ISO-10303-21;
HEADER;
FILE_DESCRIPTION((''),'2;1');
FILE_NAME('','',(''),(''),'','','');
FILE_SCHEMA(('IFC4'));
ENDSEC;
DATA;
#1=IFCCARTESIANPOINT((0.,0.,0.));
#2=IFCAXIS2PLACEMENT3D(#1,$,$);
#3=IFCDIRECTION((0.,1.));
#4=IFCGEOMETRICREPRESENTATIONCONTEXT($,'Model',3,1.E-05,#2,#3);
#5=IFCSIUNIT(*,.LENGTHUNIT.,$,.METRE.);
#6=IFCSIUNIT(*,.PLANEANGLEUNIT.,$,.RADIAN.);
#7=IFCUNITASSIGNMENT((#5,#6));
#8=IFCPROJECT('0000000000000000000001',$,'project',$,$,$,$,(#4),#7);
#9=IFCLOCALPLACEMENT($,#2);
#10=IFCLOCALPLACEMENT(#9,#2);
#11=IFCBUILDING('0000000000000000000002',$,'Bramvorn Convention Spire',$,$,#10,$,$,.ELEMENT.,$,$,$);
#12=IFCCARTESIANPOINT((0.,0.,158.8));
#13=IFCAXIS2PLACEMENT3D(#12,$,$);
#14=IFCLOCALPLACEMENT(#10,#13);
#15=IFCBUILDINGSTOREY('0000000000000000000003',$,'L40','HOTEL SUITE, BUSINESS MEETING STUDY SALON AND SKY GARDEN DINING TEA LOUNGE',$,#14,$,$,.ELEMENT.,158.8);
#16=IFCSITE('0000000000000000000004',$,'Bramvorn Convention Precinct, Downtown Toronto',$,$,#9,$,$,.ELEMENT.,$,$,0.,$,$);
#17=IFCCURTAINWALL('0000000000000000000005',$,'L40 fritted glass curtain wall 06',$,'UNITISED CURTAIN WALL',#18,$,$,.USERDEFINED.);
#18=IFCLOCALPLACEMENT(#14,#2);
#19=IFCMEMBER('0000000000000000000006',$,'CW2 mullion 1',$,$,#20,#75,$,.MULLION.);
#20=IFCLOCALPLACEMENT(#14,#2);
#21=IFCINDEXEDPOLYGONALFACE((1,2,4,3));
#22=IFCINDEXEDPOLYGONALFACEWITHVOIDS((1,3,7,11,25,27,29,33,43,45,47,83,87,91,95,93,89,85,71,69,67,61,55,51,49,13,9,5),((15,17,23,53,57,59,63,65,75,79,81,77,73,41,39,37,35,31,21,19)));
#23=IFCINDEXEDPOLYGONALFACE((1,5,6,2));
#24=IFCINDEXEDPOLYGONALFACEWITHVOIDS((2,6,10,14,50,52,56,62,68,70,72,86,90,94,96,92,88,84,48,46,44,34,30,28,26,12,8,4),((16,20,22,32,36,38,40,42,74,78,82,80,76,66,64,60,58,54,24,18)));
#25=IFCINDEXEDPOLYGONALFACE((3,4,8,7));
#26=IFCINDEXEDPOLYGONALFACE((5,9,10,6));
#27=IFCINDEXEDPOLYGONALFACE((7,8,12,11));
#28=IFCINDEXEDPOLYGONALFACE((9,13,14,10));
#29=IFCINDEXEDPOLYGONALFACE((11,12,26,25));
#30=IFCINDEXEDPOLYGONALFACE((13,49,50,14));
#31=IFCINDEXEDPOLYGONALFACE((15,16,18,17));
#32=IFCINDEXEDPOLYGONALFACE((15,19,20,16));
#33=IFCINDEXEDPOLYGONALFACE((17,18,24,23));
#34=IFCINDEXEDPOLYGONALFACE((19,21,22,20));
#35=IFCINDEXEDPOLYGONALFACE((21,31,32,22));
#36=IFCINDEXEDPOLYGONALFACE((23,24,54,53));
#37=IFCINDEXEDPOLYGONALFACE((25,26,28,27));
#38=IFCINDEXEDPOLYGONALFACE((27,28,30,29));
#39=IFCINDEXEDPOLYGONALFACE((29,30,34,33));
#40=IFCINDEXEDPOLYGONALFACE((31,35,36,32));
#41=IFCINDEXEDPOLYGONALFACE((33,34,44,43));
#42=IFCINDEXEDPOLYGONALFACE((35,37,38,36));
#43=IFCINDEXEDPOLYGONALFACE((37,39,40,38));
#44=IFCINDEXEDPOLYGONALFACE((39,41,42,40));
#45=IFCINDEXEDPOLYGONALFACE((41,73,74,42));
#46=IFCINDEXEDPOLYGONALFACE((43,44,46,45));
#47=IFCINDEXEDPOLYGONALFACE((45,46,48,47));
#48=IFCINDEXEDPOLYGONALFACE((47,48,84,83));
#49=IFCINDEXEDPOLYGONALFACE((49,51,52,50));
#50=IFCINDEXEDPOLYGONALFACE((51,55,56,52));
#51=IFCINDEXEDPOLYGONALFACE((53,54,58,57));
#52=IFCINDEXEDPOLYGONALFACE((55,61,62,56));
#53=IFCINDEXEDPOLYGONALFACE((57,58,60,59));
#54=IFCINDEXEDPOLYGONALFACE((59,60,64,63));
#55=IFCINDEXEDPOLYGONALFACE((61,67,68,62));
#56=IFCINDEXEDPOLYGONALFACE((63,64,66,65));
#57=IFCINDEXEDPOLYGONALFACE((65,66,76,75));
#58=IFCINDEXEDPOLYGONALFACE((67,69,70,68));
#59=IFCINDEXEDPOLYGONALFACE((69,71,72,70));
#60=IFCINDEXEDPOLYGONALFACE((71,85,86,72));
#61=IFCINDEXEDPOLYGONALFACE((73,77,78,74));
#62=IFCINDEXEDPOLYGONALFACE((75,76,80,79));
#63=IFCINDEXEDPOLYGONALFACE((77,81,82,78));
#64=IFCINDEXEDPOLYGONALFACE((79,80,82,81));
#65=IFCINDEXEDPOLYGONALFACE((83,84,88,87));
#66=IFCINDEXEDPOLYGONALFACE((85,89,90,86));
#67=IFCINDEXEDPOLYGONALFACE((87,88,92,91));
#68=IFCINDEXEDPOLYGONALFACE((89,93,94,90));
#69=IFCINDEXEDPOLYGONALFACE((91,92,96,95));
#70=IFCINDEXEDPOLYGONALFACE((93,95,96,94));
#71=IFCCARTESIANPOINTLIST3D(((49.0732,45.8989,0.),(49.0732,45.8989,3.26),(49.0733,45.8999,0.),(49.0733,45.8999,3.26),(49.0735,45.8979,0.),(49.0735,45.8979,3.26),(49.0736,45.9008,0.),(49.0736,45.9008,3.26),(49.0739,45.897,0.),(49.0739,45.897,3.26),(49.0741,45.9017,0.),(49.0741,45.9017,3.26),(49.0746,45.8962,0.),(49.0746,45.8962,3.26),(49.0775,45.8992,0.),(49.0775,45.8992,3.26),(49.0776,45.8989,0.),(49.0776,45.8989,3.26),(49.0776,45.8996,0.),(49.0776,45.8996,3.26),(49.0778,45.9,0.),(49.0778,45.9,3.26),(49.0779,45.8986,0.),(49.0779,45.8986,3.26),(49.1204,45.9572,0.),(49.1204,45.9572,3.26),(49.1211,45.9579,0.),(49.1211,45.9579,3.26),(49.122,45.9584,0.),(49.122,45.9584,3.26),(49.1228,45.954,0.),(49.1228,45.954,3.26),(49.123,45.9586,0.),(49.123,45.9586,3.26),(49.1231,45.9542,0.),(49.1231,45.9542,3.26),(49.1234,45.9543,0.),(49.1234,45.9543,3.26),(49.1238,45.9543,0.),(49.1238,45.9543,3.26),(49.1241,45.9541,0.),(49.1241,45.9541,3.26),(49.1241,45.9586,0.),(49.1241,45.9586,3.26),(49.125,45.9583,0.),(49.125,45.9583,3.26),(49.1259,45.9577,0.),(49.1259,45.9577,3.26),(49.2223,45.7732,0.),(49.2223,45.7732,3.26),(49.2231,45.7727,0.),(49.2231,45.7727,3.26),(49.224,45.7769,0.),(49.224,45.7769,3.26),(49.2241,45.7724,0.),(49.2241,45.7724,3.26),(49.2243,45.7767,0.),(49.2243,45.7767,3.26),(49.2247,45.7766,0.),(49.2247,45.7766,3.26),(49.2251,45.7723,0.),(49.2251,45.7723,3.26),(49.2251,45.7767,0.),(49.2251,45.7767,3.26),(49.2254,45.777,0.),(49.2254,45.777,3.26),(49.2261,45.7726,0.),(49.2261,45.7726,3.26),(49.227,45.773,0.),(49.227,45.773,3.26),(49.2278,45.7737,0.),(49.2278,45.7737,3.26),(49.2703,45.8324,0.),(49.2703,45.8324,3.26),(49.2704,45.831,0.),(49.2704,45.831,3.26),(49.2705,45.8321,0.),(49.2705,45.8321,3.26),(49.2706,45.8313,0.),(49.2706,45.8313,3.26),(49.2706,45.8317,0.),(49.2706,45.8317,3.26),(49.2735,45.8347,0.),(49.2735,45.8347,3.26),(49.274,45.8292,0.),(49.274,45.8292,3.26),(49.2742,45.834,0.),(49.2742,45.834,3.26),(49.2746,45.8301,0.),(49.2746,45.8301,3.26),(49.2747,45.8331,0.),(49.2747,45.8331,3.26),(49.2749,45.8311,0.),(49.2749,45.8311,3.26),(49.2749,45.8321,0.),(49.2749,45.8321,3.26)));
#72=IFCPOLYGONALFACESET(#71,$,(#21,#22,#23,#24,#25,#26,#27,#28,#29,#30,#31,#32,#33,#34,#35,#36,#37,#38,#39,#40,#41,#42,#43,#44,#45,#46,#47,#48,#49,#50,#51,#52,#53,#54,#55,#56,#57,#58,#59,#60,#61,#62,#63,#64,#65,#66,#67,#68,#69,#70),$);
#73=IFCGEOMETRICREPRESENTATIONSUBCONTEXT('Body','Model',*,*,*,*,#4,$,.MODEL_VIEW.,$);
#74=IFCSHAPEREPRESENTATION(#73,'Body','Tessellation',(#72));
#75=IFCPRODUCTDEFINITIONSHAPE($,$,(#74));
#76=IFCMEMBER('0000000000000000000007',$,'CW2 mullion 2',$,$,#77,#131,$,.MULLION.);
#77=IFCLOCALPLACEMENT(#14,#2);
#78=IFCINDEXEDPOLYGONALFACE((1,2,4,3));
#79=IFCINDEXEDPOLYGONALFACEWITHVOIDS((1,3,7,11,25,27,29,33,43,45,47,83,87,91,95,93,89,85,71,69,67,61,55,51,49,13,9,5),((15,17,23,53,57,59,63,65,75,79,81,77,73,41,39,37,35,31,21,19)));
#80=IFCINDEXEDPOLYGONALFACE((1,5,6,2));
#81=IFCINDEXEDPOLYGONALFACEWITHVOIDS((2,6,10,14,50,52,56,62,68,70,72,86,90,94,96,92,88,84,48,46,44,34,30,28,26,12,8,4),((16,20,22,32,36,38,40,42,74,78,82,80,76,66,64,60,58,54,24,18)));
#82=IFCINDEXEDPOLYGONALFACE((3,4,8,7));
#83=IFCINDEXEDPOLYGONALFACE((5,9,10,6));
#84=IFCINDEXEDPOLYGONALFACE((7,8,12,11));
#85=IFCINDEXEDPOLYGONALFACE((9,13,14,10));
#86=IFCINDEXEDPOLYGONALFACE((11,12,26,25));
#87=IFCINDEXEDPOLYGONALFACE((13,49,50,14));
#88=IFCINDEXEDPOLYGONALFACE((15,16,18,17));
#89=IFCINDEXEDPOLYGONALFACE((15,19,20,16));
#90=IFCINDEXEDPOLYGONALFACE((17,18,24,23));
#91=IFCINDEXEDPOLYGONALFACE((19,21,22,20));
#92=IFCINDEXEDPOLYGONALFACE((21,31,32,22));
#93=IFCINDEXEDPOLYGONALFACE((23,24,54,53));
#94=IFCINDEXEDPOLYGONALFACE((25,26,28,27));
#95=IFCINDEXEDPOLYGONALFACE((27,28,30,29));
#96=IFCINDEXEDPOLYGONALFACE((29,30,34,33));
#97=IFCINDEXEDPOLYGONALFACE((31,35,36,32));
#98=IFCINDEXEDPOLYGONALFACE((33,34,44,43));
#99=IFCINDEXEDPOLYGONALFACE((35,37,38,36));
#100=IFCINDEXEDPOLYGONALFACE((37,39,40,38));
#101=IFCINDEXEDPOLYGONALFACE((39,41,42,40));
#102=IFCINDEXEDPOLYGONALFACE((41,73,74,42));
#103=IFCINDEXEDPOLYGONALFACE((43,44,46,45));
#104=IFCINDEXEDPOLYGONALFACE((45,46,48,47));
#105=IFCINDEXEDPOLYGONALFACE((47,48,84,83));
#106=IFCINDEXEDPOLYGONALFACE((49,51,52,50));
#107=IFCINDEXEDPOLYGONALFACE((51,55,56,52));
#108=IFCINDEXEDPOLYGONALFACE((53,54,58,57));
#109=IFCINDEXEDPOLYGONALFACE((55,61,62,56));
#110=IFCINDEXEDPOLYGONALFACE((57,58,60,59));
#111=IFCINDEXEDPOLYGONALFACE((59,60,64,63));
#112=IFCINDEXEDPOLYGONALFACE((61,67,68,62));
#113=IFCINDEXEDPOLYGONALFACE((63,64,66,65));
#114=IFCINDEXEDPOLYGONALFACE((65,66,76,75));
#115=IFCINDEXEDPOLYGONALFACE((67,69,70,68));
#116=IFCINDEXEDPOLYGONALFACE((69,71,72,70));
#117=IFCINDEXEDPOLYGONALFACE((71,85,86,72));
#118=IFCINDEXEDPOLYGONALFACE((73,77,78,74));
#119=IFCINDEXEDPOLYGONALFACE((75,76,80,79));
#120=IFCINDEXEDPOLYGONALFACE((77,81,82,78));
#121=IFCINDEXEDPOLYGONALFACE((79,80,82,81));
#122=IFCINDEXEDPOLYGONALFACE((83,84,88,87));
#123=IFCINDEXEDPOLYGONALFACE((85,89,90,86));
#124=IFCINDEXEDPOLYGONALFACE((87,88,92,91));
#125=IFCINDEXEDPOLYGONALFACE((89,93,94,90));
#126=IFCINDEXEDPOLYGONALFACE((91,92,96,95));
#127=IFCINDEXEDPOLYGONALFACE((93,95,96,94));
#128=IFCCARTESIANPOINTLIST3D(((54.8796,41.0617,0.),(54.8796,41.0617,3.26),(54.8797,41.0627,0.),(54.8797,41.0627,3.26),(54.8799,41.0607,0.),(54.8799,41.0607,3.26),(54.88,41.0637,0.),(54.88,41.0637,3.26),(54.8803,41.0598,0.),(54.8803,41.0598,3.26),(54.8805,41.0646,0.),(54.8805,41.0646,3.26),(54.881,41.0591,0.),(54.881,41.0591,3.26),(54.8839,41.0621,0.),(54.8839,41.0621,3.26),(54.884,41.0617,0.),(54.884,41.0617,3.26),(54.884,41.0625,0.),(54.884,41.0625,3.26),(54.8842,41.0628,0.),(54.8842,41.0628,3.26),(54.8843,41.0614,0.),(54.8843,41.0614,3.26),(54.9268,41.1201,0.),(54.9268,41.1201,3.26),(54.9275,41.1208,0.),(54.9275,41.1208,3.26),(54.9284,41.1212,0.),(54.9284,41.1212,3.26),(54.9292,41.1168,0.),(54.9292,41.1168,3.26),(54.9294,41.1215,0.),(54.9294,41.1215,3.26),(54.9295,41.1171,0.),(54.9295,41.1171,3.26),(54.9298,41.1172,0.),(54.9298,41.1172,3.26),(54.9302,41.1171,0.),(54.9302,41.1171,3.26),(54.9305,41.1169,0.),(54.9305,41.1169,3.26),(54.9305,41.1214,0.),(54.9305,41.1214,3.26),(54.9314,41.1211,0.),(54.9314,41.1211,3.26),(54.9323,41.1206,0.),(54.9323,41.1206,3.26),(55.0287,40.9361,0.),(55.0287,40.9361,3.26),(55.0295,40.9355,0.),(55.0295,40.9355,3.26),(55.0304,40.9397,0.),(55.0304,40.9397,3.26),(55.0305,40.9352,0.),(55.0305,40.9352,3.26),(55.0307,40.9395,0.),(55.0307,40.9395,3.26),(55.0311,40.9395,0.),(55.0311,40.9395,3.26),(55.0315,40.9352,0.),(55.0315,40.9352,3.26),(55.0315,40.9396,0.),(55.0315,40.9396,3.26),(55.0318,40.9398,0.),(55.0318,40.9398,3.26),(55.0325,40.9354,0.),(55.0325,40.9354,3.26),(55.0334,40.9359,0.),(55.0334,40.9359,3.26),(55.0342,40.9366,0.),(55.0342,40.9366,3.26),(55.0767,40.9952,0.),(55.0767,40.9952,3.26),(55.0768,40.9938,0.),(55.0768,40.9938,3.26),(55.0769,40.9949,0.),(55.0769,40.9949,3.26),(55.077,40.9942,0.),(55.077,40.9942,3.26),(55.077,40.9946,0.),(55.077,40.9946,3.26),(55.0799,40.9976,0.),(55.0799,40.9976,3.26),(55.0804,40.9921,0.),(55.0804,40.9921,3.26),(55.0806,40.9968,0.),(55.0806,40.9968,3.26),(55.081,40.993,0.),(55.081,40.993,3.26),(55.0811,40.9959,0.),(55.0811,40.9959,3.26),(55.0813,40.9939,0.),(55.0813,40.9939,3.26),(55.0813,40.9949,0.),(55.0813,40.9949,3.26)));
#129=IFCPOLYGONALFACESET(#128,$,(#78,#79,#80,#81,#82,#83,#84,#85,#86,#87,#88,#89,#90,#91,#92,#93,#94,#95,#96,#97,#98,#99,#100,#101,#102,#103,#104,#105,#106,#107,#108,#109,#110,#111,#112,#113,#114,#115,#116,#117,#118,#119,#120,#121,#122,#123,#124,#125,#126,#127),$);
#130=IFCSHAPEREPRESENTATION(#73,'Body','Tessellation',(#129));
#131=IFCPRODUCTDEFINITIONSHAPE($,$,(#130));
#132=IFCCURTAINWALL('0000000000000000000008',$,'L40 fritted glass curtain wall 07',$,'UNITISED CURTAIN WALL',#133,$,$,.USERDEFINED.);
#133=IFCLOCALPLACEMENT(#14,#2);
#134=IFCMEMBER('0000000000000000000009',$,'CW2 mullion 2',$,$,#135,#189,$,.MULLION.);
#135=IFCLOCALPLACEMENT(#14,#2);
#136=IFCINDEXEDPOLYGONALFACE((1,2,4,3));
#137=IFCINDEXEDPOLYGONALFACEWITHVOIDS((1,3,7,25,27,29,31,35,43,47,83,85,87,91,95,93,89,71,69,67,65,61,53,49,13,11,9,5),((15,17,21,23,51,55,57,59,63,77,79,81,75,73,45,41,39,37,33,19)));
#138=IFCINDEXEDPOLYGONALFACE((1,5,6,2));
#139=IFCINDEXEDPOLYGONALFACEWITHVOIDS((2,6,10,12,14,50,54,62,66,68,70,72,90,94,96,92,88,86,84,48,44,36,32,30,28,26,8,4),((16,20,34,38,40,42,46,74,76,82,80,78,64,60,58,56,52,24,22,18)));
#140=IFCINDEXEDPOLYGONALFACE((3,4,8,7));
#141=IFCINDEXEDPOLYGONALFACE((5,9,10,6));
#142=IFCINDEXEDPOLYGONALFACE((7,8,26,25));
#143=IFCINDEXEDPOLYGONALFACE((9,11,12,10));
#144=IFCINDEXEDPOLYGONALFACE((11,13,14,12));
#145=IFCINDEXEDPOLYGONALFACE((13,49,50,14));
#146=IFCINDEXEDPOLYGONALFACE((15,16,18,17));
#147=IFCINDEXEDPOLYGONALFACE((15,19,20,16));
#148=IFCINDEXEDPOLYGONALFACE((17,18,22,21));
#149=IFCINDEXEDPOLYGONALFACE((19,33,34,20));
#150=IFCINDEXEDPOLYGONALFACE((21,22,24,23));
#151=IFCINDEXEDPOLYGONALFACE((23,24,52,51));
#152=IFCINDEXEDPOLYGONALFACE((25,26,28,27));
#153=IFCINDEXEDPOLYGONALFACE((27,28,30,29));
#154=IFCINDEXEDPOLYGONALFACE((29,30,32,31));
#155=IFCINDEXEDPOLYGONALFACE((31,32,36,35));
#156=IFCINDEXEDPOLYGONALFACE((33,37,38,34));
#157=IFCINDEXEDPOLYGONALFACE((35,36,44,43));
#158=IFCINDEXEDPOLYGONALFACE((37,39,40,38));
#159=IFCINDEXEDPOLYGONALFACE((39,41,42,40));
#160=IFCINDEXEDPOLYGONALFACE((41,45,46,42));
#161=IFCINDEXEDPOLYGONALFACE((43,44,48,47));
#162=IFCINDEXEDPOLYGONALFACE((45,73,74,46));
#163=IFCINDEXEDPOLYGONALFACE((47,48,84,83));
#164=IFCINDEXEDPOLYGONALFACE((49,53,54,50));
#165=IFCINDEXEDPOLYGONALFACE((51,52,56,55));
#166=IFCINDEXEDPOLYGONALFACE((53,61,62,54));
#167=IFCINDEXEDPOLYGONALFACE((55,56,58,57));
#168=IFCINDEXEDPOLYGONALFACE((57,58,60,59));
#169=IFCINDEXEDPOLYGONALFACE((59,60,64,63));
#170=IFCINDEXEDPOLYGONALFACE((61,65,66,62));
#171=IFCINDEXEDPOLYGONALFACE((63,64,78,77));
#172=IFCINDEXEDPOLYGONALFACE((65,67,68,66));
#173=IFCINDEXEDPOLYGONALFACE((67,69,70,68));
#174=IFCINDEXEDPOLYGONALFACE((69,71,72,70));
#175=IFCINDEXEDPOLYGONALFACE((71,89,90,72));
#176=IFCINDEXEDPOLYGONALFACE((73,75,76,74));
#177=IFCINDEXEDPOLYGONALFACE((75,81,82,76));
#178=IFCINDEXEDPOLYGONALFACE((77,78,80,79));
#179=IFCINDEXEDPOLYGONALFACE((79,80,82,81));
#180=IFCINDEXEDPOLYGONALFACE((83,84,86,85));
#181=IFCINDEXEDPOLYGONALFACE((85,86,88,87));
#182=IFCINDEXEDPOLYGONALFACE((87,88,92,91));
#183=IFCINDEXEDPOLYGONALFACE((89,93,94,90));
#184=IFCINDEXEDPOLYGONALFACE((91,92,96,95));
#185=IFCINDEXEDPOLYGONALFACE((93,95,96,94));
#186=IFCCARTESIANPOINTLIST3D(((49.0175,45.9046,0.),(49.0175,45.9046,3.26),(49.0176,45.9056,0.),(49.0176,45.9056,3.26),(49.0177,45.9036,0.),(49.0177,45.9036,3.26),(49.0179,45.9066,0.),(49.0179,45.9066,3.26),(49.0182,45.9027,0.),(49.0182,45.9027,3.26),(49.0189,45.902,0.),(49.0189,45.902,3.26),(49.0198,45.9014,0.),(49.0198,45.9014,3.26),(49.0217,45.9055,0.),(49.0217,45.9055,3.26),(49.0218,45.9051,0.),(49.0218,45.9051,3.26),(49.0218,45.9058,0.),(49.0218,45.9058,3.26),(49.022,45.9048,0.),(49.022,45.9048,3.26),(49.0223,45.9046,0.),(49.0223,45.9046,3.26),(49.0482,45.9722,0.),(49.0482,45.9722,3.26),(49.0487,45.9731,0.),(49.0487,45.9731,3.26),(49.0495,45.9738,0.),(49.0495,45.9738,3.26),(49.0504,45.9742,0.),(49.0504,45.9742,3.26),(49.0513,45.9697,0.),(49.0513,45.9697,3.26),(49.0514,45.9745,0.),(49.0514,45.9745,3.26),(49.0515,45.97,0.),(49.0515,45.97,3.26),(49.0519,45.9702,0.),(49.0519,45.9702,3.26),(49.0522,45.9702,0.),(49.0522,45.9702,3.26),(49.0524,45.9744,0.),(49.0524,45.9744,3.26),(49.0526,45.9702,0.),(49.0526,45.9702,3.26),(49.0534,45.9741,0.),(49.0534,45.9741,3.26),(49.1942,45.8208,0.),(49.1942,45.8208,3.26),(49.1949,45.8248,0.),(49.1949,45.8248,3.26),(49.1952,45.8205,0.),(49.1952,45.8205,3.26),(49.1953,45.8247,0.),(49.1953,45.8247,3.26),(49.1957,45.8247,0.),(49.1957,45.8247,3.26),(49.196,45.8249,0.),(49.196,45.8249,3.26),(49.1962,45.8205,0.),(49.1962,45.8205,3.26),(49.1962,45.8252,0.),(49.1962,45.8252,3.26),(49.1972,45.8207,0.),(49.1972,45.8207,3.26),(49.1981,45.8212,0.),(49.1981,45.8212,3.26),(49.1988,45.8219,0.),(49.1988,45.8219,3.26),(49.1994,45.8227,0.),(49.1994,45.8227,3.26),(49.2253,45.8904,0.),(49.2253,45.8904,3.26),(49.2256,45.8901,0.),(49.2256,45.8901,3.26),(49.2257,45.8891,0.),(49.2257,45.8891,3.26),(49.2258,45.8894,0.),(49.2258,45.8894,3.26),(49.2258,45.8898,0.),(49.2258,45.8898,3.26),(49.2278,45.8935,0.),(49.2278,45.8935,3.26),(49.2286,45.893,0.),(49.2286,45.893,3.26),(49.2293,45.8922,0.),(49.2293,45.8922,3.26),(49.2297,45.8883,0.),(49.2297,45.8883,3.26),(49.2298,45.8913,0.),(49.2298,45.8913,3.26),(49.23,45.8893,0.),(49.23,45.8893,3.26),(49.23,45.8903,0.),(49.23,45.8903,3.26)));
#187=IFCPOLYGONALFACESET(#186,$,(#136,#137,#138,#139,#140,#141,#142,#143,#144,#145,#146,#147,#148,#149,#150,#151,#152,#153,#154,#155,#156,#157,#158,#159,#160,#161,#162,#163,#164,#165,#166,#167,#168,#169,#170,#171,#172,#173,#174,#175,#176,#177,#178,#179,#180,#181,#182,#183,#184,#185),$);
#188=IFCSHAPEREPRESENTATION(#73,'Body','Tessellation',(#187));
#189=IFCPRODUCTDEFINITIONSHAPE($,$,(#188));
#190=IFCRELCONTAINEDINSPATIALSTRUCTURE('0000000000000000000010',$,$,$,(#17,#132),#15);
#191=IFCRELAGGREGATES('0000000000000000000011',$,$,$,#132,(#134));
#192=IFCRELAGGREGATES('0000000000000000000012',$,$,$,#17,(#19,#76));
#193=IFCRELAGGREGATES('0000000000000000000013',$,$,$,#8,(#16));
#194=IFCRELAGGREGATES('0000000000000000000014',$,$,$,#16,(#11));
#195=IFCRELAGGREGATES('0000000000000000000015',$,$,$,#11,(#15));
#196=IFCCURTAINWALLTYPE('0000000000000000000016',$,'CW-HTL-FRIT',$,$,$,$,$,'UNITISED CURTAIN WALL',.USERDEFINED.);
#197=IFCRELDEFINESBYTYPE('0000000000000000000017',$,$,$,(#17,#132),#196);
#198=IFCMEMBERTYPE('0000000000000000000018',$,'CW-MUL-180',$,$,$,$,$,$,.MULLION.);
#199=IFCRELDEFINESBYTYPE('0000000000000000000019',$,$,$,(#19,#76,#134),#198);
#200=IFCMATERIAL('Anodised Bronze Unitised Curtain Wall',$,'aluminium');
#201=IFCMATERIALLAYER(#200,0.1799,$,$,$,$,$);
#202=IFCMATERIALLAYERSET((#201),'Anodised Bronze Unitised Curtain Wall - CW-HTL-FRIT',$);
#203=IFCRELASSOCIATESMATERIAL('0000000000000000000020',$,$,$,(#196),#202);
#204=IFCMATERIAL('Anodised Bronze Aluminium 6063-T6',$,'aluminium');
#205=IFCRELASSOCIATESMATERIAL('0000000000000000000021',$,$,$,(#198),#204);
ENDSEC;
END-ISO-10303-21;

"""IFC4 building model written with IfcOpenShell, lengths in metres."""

from ifc_helpers import new_model, si_unit, direction, frame, origin, origin_2d, place, context, subcontext, project, spatial, hollow_rectangle, extrude, material, layer, layer_set, material_profile, profile_set, type_object, element, aggregate, save


model = new_model("IFC4")

# Units and contexts
model_context = context("Model", 3, precision=1e-05, world=origin(), true_north=direction((0.0, 1.0)))
body_context = subcontext(model_context, "Body", "Model", "MODEL_VIEW")
ifc_project = project(units=[si_unit("LENGTHUNIT", "METRE"), si_unit("PLANEANGLEUNIT", "RADIAN")], contexts=[model_context])

# Site, building, storey
site_placement = place(None, origin())
site = spatial("IfcSite", under=ifc_project, at=site_placement, Name="Bramvorn Convention Precinct, Downtown Toronto", CompositionType="ELEMENT", RefElevation=0.0)
building_placement = place(site_placement, origin())
building = spatial("IfcBuilding", under=site, at=building_placement, Name="Bramvorn Convention Spire", CompositionType="ELEMENT")
storey_placement = place(building_placement, frame((0.0, 0.0, 158.8)))
storey = spatial("IfcBuildingStorey", under=building, at=storey_placement, Name="L40", Description="HOTEL SUITE, BUSINESS MEETING STUDY SALON AND SKY GARDEN DINING TEA LOUNGE", CompositionType="ELEMENT", Elevation=158.8)

# Curtain wall, members
ifc_material_1 = material(Name="Anodised Bronze Unitised Curtain Wall", Category="aluminium")
ifc_layer_1 = layer(ifc_material_1, 0.1799)
ifc_layer_set_1 = layer_set([ifc_layer_1], Name="Anodised Bronze Unitised Curtain Wall - CW-HTL-FRIT")
curtain_wall_type = type_object("IfcCurtainWallType", Name="CW-HTL-FRIT", ElementType="UNITISED CURTAIN WALL", PredefinedType="USERDEFINED", material=ifc_layer_set_1)
curtain_wall_1_placement = place(storey_placement, origin())
curtain_wall_1 = element("IfcCurtainWall", 1, at=curtain_wall_1_placement, inside=storey, type_object=curtain_wall_type, Name="L40 fritted glass curtain wall 06", ObjectType="UNITISED CURTAIN WALL", PredefinedType="USERDEFINED")
ifc_material_2 = material(Name="Anodised Bronze Aluminium 6063-T6", Category="aluminium")
ifc_material_profile_1 = material_profile(ifc_material_2, hollow_rectangle(XDim=0.0801, YDim=0.2, WallThickness=0.0039, InnerFilletRadius=0.001, OuterFilletRadius=0.0039, at=origin_2d()))
ifc_profile_set_1 = profile_set([ifc_material_profile_1], Name="Anodised Bronze Aluminium 6063-T6 - CWM80X200")
member_type_1 = type_object("IfcMemberType", Name="CW-MUL-180", PredefinedType="MULLION", material=ifc_profile_set_1)
member_1_placement = place(storey_placement, frame((49.1741, 45.8655, 0.0), z_axis=(0.0, 0.0, 1.0), x_axis=(0.640085, 0.768304, 0.0)))
member_1 = element("IfcMember", 2, at=member_1_placement, type_object=member_type_1, Name="CW2 mullion 1", PredefinedType="MULLION", context=body_context, shape_type="SweptSolid", body=[
    extrude(hollow_rectangle(XDim=0.0801, YDim=0.2, WallThickness=0.0039, InnerFilletRadius=0.001, OuterFilletRadius=0.0039, at=origin_2d()), origin(), (0.0, 0.0, 1.0), 3.26),
])
member_2_placement = place(storey_placement, frame((54.9805, 41.0283, 0.0), z_axis=(0.0, 0.0, 1.0), x_axis=(0.640085, 0.768304, 0.0)))
member_2 = element("IfcMember", 3, at=member_2_placement, type_object=member_type_1, Name="CW2 mullion 2", PredefinedType="MULLION", context=body_context, shape_type="SweptSolid", body=[
    extrude(hollow_rectangle(XDim=0.0801, YDim=0.2, WallThickness=0.0039, InnerFilletRadius=0.001, OuterFilletRadius=0.0039, at=origin_2d()), origin(), (0.0, 0.0, 1.0), 3.26),
])

# Curtain wall, member
curtain_wall_2_placement = place(storey_placement, origin())
curtain_wall_2 = element("IfcCurtainWall", 4, at=curtain_wall_2_placement, inside=storey, type_object=curtain_wall_type, Name="L40 fritted glass curtain wall 07", ObjectType="UNITISED CURTAIN WALL", PredefinedType="USERDEFINED")
member_3_placement = place(storey_placement, frame((49.1238, 45.8975, 0.0), z_axis=(0.0, 0.0, 1.0), x_axis=(0.419481, 0.907764, 0.0)))
member_3 = element("IfcMember", 5, at=member_3_placement, type_object=member_type_1, Name="CW2 mullion 2", PredefinedType="MULLION", context=body_context, shape_type="SweptSolid", body=[
    extrude(hollow_rectangle(XDim=0.0801, YDim=0.2, WallThickness=0.0039, InnerFilletRadius=0.001, OuterFilletRadius=0.0039, at=origin_2d()), origin(), (0.0, 0.0, 1.0), 3.26),
])
aggregate(curtain_wall_2, [member_3])

aggregate(curtain_wall_1, [member_1, member_2])

save(model, "model.ifc")
